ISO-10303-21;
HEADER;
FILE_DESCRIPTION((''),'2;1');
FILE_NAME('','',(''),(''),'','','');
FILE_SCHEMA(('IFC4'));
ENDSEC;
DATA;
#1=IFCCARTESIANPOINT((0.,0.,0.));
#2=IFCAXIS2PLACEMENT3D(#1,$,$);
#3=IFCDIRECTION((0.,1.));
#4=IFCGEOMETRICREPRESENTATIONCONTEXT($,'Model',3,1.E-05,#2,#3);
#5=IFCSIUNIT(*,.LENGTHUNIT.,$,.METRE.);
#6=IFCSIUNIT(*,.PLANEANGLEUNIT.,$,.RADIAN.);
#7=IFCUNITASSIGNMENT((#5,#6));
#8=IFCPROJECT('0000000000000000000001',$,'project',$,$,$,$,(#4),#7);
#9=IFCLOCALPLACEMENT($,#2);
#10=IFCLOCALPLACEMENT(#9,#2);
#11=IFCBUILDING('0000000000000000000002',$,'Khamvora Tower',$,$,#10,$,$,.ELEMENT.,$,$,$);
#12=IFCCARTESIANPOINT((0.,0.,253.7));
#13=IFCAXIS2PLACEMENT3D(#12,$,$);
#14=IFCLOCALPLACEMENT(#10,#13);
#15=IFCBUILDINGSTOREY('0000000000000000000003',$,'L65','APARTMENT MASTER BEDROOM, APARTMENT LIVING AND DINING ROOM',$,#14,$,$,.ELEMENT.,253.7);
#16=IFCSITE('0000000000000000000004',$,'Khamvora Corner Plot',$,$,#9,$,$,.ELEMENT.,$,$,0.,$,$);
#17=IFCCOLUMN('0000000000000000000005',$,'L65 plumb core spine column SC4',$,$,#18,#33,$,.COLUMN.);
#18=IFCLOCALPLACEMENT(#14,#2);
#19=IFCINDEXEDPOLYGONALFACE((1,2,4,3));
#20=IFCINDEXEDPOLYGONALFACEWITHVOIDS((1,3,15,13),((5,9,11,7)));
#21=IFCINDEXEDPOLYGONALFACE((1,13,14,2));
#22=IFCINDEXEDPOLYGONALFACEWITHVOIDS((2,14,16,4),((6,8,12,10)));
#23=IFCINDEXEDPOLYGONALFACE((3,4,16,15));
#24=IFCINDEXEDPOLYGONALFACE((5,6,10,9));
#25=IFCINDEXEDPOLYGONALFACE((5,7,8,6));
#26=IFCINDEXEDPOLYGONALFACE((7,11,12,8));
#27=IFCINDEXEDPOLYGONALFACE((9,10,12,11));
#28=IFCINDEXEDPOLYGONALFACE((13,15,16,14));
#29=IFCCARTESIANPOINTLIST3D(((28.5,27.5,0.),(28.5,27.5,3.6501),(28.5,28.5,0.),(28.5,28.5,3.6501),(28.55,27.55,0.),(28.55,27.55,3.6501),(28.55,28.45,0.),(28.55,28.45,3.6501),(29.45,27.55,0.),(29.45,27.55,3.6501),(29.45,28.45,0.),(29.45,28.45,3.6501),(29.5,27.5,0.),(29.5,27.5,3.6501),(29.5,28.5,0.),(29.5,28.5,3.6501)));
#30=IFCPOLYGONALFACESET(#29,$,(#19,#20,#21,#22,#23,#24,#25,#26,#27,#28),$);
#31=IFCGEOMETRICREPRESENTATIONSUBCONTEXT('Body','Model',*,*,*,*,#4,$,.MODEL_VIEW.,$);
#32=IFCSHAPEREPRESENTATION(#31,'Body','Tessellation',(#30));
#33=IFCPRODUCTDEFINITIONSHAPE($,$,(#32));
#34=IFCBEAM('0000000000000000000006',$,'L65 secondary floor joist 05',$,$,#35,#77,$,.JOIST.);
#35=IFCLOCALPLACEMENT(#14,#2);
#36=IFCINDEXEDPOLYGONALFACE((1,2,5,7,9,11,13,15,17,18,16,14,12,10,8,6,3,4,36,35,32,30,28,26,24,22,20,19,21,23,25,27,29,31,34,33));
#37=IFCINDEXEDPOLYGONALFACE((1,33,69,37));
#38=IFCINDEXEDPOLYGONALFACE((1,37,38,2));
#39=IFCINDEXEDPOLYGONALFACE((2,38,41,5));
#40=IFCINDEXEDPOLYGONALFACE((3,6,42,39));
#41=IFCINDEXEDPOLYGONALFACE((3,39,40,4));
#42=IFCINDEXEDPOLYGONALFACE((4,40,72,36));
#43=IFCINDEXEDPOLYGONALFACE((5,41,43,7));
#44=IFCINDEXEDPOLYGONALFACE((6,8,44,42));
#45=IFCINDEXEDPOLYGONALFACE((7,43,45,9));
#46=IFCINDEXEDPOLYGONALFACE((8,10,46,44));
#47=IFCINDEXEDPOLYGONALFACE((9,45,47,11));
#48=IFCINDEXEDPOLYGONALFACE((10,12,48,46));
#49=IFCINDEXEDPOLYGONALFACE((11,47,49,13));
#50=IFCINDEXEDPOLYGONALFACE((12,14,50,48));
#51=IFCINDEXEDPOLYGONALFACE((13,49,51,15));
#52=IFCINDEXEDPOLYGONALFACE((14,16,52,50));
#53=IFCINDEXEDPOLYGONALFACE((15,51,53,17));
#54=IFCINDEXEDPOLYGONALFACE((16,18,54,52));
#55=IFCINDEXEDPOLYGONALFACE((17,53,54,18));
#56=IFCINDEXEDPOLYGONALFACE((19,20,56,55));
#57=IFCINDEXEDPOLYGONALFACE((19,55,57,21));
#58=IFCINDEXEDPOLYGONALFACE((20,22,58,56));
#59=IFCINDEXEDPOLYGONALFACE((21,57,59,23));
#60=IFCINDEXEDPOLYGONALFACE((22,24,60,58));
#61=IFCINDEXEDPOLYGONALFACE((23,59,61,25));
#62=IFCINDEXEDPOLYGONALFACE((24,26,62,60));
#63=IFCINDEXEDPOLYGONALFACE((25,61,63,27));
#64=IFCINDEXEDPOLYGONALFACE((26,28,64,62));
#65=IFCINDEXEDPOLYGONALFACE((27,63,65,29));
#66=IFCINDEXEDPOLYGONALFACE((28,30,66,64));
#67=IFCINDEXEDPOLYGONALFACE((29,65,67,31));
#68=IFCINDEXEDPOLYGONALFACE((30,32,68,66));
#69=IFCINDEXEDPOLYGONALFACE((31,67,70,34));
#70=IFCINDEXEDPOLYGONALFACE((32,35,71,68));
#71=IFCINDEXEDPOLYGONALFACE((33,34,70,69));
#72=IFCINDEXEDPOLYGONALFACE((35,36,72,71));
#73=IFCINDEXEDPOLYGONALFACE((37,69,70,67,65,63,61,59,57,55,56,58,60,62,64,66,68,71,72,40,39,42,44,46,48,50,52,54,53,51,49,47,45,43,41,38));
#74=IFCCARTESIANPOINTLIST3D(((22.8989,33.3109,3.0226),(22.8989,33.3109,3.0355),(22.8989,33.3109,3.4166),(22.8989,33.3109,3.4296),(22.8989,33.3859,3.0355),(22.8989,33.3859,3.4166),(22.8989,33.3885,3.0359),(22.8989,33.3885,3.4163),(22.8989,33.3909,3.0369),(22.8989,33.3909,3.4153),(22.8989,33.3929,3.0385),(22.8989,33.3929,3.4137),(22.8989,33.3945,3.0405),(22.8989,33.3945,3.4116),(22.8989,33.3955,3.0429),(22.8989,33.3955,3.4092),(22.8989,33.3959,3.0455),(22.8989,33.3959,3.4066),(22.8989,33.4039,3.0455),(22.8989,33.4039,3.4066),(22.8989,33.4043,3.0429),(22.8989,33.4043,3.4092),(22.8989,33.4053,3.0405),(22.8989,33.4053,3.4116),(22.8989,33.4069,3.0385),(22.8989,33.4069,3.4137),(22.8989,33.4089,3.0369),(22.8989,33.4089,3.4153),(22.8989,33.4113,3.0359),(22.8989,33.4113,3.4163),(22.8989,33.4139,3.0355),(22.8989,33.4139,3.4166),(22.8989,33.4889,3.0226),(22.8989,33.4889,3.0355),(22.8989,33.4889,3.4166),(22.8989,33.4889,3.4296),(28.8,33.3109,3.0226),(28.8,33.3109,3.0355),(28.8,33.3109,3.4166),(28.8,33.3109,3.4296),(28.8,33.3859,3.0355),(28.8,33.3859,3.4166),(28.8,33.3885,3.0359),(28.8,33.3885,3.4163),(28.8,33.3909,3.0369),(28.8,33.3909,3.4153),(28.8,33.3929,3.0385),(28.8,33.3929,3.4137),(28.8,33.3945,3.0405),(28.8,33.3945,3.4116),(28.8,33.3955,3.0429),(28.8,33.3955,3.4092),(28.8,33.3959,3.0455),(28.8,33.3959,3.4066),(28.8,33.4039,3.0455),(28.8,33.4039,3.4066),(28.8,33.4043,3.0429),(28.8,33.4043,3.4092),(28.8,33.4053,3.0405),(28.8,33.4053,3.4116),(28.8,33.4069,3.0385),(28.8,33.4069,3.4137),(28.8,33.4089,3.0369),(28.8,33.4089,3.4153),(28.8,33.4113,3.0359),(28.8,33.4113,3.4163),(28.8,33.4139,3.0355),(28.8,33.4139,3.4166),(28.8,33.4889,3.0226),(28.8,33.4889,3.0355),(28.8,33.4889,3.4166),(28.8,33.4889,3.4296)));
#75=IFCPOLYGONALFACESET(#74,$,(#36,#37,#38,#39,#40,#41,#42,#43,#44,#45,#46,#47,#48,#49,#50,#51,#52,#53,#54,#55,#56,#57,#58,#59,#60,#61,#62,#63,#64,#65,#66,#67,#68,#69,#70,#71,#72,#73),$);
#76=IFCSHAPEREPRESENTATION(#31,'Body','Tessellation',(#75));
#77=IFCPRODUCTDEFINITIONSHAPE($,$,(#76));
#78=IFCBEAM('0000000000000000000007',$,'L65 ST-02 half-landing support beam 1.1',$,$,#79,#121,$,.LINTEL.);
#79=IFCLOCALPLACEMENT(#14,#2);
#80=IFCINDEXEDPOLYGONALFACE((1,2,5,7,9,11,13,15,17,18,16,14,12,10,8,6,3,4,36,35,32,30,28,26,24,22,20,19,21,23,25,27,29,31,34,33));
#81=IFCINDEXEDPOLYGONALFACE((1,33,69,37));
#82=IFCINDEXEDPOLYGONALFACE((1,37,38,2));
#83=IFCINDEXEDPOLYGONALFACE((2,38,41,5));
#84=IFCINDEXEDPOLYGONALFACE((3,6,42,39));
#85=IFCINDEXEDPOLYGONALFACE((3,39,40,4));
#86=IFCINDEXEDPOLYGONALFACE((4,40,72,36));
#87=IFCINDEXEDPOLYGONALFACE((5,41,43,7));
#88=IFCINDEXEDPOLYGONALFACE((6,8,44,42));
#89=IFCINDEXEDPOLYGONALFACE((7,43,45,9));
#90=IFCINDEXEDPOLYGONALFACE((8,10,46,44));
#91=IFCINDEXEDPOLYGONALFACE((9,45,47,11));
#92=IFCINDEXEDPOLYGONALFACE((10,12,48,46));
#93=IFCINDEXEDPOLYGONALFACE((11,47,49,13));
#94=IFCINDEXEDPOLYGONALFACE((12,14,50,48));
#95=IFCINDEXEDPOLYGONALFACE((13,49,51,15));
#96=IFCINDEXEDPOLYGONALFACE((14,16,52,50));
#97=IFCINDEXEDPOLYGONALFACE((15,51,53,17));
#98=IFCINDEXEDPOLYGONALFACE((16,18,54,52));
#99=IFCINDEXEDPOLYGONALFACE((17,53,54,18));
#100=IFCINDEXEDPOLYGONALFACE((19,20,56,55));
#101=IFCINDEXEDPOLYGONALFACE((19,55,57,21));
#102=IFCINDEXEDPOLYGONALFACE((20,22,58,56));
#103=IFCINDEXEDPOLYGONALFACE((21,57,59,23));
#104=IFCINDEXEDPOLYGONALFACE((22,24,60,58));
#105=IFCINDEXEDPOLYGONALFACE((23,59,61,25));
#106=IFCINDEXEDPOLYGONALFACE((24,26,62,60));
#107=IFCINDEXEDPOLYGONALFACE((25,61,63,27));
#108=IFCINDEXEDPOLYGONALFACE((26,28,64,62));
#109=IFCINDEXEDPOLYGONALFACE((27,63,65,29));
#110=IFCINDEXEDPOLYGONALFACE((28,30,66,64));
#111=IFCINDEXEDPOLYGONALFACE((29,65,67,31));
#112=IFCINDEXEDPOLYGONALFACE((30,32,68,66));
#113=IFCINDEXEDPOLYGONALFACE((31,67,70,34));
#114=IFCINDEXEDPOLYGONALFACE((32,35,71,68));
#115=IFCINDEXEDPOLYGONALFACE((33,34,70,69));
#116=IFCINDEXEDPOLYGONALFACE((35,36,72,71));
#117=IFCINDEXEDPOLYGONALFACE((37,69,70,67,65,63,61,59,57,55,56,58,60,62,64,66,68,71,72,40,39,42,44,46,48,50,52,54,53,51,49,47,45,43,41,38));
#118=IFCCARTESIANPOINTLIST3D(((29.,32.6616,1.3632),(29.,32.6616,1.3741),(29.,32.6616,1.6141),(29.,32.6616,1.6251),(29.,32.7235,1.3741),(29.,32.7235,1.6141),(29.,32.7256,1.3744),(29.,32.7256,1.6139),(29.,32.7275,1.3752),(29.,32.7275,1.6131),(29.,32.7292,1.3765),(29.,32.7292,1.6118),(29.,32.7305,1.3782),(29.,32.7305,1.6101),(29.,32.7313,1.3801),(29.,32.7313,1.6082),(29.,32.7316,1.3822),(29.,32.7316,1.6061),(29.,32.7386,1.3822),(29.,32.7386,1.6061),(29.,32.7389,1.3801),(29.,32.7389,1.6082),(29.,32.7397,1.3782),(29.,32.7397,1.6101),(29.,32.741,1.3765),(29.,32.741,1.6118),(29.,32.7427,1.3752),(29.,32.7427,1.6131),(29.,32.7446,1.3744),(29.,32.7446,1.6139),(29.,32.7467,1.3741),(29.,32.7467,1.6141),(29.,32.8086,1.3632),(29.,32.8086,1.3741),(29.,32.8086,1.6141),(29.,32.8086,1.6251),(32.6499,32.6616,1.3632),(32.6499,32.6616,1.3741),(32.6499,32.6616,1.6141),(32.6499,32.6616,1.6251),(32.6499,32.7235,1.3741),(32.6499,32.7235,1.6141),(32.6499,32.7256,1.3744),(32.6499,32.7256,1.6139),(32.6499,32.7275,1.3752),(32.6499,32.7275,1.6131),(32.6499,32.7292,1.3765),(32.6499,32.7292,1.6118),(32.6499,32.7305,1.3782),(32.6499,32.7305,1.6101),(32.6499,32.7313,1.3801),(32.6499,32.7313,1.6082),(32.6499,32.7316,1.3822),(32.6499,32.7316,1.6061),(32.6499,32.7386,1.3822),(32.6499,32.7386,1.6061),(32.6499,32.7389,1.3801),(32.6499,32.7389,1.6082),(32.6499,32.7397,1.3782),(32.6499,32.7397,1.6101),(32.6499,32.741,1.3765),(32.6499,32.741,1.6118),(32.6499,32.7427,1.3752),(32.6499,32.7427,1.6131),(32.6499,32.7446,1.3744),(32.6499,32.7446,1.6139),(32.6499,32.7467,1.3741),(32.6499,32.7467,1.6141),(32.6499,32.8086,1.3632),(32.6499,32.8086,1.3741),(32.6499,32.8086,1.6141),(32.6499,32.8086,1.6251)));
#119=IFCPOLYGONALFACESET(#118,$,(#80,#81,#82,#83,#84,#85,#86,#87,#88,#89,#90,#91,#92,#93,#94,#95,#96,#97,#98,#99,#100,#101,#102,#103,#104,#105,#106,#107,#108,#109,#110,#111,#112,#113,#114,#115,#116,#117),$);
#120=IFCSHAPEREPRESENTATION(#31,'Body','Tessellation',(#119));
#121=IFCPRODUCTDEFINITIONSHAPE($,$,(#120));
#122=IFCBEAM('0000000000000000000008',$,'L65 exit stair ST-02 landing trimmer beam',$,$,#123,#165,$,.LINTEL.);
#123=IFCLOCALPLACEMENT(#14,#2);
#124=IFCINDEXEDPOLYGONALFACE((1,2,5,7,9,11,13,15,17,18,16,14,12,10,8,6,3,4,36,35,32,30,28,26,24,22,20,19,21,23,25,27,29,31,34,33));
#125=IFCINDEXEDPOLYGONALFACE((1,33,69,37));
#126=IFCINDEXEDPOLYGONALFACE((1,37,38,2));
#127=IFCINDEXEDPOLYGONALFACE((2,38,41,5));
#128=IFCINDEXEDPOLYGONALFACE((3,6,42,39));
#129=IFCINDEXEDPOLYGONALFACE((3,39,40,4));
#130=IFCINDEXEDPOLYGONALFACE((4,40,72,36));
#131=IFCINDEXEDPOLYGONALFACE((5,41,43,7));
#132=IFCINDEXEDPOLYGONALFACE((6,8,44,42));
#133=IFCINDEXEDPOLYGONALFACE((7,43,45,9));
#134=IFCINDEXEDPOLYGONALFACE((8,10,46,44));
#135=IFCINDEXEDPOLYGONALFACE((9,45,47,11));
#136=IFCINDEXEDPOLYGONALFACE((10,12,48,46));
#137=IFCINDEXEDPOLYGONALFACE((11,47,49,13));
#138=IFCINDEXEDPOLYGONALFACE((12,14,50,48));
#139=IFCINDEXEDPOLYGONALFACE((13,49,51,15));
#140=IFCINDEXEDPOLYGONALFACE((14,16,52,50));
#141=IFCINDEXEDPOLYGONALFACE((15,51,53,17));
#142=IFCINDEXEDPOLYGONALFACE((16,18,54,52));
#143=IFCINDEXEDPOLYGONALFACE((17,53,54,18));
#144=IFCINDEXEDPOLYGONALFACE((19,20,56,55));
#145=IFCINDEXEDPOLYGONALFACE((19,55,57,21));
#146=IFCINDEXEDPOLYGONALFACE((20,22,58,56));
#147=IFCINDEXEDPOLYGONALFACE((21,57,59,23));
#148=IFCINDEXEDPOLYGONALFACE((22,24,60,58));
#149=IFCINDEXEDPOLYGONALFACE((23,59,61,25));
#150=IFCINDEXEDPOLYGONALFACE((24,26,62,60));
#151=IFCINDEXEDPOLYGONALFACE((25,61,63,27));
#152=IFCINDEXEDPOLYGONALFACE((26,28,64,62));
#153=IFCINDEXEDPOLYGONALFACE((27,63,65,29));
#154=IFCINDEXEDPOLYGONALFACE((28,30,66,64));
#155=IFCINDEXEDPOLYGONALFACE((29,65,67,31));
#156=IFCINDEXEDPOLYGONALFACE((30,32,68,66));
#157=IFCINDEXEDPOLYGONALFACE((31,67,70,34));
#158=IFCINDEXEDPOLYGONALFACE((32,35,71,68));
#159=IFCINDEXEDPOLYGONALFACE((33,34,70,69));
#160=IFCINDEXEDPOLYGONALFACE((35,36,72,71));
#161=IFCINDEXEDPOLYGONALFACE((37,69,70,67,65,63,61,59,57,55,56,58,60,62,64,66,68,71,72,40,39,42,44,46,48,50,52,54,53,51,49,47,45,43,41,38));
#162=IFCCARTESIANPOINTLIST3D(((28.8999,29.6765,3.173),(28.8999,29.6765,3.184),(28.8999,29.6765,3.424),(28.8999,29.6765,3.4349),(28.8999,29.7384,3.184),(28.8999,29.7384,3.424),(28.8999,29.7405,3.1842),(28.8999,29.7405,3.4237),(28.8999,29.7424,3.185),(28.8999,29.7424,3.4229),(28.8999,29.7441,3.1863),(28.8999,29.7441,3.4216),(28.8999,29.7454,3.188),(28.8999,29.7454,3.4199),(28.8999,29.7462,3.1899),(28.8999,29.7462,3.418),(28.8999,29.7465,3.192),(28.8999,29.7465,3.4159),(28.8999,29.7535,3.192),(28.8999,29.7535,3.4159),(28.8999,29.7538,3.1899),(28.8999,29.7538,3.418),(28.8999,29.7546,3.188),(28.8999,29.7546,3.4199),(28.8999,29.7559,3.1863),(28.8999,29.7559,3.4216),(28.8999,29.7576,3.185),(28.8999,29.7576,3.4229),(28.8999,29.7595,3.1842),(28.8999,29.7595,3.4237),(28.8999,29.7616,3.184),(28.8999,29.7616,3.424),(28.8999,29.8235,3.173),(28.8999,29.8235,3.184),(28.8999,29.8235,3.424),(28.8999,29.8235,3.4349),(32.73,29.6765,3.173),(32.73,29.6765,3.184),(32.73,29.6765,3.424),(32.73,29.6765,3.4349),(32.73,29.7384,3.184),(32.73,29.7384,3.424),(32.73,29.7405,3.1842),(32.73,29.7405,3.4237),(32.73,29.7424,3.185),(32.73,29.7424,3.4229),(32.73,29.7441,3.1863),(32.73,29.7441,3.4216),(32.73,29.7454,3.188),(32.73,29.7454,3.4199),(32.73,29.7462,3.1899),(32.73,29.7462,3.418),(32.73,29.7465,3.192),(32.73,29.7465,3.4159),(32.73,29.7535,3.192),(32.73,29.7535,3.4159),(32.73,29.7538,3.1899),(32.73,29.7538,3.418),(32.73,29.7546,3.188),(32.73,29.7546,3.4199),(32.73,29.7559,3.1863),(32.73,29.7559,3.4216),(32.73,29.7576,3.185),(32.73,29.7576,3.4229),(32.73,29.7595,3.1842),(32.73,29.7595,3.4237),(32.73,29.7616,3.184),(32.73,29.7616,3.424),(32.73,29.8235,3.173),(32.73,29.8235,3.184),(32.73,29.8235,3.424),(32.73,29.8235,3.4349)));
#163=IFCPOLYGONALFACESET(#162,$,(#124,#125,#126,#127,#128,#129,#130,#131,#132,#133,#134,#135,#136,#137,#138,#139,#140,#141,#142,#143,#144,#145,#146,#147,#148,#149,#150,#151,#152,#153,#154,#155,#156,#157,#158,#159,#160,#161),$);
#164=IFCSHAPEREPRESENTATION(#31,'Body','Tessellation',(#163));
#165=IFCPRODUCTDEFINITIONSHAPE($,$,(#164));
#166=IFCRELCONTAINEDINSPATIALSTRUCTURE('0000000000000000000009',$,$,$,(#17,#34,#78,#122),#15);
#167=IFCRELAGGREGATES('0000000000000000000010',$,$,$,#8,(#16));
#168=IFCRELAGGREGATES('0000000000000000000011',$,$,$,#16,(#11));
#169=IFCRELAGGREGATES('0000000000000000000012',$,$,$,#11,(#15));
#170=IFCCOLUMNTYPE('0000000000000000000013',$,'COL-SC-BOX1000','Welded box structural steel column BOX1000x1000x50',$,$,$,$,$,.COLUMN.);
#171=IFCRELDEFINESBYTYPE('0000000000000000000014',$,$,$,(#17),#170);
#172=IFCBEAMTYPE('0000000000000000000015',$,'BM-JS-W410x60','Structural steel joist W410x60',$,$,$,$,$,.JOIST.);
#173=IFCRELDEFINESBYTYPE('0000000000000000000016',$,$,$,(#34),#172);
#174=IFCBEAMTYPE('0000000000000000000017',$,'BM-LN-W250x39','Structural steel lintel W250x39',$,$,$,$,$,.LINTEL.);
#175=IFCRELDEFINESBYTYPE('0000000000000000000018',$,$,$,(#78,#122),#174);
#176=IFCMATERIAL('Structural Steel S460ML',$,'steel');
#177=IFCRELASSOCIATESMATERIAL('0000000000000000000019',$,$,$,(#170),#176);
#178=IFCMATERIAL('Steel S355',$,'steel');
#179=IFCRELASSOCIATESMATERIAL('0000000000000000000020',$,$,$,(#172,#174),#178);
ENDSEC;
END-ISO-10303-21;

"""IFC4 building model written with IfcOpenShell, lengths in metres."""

from ifc_helpers import new_model, si_unit, direction, frame, origin, origin_2d, place, context, subcontext, project, spatial, hollow_rectangle, i_section, extrude, material, material_profile, profile_set, type_object, element, save


model = new_model("IFC4")

# Units and contexts
model_context = context("Model", 3, precision=1e-05, world=origin(), true_north=direction((0.0, 1.0)))
body_context = subcontext(model_context, "Body", "Model", "MODEL_VIEW")
ifc_project = project(units=[si_unit("LENGTHUNIT", "METRE"), si_unit("PLANEANGLEUNIT", "RADIAN")], contexts=[model_context])

# Site, building, storey
site_placement = place(None, origin())
site = spatial("IfcSite", under=ifc_project, at=site_placement, Name="Khamvora Corner Plot", CompositionType="ELEMENT", RefElevation=0.0)
building_placement = place(site_placement, origin())
building = spatial("IfcBuilding", under=site, at=building_placement, Name="Khamvora Tower", CompositionType="ELEMENT")
storey_placement = place(building_placement, frame((0.0, 0.0, 253.7)))
storey = spatial("IfcBuildingStorey", under=building, at=storey_placement, Name="L65", Description="APARTMENT MASTER BEDROOM, APARTMENT LIVING AND DINING ROOM", CompositionType="ELEMENT", Elevation=253.7)

# Column
ifc_material_1 = material(Name="Structural Steel S460ML", Category="steel")
ifc_material_profile_1 = material_profile(ifc_material_1, hollow_rectangle(XDim=1.0, YDim=1.0, WallThickness=0.05, at=origin_2d()), Name="BOX1000x1000x50")
ifc_profile_set_1 = profile_set([ifc_material_profile_1], Name="Structural Steel S460ML")
column_type = type_object("IfcColumnType", Name="COL-SC-BOX1000", Description="Welded box structural steel column BOX1000x1000x50", PredefinedType="COLUMN", material=ifc_profile_set_1)
column_placement = place(storey_placement, frame((29.0, 28.0, 0.0), z_axis=(0.0, 0.0, 1.0), x_axis=(1.0, 0.0, 0.0)))
element("IfcColumn", 1, at=column_placement, inside=storey, type_object=column_type, Name="L65 plumb core spine column SC4", PredefinedType="COLUMN", context=body_context, shape_type="SweptSolid", body=[
    extrude(hollow_rectangle(XDim=1.0, YDim=1.0, WallThickness=0.05, at=origin_2d()), origin(), (0.0, 0.0, 1.0), 3.6501),
])

# Beams
ifc_material_2 = material(Name="Steel S355", Category="steel")
ifc_material_profile_2 = material_profile(ifc_material_2, i_section(OverallWidth=0.178, OverallDepth=0.407, WebThickness=0.0081, FlangeThickness=0.0129, FilletRadius=0.01, at=origin_2d()), Name="W410x60")
ifc_profile_set_2 = profile_set([ifc_material_profile_2], Name="Steel S355")
beam_type_1 = type_object("IfcBeamType", Name="BM-JS-W410x60", Description="Structural steel joist W410x60", PredefinedType="JOIST", material=ifc_profile_set_2)
beam_1_placement = place(storey_placement, frame((22.8989, 33.3999, 3.2261), z_axis=(1.0, 0.0, 0.0), x_axis=(0.0, 1.0, 0.0)))
element("IfcBeam", 2, at=beam_1_placement, inside=storey, type_object=beam_type_1, Name="L65 secondary floor joist 05", PredefinedType="JOIST", context=body_context, shape_type="SweptSolid", body=[
    extrude(i_section(OverallWidth=0.178, OverallDepth=0.407, WebThickness=0.0081, FlangeThickness=0.0129, FilletRadius=0.01, at=origin_2d()), origin(), (0.0, 0.0, 1.0), 5.9011),
])
ifc_material_profile_3 = material_profile(ifc_material_2, i_section(OverallWidth=0.147, OverallDepth=0.262, WebThickness=0.0071, FlangeThickness=0.011, FilletRadius=0.0081, at=origin_2d()), Name="W250x39")
ifc_profile_set_3 = profile_set([ifc_material_profile_3], Name="Steel S355")
beam_type_2 = type_object("IfcBeamType", Name="BM-LN-W250x39", Description="Structural steel lintel W250x39", PredefinedType="LINTEL", material=ifc_profile_set_3)
beam_2_placement = place(storey_placement, frame((29.0, 32.7351, 1.4941), z_axis=(1.0, 0.0, 0.0), x_axis=(0.0, 1.0, 0.0)))
element("IfcBeam", 3, at=beam_2_placement, inside=storey, type_object=beam_type_2, Name="L65 ST-02 half-landing support beam 1.1", PredefinedType="LINTEL", context=body_context, shape_type="SweptSolid", body=[
    extrude(i_section(OverallWidth=0.147, OverallDepth=0.262, WebThickness=0.0071, FlangeThickness=0.011, FilletRadius=0.0081, at=origin_2d()), origin(), (0.0, 0.0, 1.0), 3.6499),
])
beam_3_placement = place(storey_placement, frame((28.8999, 29.75, 3.304), z_axis=(1.0, 0.0, 0.0), x_axis=(0.0, 1.0, 0.0)))
element("IfcBeam", 4, at=beam_3_placement, inside=storey, type_object=beam_type_2, Name="L65 exit stair ST-02 landing trimmer beam", PredefinedType="LINTEL", context=body_context, shape_type="SweptSolid", body=[
    extrude(i_section(OverallWidth=0.147, OverallDepth=0.262, WebThickness=0.0071, FlangeThickness=0.011, FilletRadius=0.0081, at=origin_2d()), origin(), (0.0, 0.0, 1.0), 3.8301),
])

save(model, "model.ifc")
